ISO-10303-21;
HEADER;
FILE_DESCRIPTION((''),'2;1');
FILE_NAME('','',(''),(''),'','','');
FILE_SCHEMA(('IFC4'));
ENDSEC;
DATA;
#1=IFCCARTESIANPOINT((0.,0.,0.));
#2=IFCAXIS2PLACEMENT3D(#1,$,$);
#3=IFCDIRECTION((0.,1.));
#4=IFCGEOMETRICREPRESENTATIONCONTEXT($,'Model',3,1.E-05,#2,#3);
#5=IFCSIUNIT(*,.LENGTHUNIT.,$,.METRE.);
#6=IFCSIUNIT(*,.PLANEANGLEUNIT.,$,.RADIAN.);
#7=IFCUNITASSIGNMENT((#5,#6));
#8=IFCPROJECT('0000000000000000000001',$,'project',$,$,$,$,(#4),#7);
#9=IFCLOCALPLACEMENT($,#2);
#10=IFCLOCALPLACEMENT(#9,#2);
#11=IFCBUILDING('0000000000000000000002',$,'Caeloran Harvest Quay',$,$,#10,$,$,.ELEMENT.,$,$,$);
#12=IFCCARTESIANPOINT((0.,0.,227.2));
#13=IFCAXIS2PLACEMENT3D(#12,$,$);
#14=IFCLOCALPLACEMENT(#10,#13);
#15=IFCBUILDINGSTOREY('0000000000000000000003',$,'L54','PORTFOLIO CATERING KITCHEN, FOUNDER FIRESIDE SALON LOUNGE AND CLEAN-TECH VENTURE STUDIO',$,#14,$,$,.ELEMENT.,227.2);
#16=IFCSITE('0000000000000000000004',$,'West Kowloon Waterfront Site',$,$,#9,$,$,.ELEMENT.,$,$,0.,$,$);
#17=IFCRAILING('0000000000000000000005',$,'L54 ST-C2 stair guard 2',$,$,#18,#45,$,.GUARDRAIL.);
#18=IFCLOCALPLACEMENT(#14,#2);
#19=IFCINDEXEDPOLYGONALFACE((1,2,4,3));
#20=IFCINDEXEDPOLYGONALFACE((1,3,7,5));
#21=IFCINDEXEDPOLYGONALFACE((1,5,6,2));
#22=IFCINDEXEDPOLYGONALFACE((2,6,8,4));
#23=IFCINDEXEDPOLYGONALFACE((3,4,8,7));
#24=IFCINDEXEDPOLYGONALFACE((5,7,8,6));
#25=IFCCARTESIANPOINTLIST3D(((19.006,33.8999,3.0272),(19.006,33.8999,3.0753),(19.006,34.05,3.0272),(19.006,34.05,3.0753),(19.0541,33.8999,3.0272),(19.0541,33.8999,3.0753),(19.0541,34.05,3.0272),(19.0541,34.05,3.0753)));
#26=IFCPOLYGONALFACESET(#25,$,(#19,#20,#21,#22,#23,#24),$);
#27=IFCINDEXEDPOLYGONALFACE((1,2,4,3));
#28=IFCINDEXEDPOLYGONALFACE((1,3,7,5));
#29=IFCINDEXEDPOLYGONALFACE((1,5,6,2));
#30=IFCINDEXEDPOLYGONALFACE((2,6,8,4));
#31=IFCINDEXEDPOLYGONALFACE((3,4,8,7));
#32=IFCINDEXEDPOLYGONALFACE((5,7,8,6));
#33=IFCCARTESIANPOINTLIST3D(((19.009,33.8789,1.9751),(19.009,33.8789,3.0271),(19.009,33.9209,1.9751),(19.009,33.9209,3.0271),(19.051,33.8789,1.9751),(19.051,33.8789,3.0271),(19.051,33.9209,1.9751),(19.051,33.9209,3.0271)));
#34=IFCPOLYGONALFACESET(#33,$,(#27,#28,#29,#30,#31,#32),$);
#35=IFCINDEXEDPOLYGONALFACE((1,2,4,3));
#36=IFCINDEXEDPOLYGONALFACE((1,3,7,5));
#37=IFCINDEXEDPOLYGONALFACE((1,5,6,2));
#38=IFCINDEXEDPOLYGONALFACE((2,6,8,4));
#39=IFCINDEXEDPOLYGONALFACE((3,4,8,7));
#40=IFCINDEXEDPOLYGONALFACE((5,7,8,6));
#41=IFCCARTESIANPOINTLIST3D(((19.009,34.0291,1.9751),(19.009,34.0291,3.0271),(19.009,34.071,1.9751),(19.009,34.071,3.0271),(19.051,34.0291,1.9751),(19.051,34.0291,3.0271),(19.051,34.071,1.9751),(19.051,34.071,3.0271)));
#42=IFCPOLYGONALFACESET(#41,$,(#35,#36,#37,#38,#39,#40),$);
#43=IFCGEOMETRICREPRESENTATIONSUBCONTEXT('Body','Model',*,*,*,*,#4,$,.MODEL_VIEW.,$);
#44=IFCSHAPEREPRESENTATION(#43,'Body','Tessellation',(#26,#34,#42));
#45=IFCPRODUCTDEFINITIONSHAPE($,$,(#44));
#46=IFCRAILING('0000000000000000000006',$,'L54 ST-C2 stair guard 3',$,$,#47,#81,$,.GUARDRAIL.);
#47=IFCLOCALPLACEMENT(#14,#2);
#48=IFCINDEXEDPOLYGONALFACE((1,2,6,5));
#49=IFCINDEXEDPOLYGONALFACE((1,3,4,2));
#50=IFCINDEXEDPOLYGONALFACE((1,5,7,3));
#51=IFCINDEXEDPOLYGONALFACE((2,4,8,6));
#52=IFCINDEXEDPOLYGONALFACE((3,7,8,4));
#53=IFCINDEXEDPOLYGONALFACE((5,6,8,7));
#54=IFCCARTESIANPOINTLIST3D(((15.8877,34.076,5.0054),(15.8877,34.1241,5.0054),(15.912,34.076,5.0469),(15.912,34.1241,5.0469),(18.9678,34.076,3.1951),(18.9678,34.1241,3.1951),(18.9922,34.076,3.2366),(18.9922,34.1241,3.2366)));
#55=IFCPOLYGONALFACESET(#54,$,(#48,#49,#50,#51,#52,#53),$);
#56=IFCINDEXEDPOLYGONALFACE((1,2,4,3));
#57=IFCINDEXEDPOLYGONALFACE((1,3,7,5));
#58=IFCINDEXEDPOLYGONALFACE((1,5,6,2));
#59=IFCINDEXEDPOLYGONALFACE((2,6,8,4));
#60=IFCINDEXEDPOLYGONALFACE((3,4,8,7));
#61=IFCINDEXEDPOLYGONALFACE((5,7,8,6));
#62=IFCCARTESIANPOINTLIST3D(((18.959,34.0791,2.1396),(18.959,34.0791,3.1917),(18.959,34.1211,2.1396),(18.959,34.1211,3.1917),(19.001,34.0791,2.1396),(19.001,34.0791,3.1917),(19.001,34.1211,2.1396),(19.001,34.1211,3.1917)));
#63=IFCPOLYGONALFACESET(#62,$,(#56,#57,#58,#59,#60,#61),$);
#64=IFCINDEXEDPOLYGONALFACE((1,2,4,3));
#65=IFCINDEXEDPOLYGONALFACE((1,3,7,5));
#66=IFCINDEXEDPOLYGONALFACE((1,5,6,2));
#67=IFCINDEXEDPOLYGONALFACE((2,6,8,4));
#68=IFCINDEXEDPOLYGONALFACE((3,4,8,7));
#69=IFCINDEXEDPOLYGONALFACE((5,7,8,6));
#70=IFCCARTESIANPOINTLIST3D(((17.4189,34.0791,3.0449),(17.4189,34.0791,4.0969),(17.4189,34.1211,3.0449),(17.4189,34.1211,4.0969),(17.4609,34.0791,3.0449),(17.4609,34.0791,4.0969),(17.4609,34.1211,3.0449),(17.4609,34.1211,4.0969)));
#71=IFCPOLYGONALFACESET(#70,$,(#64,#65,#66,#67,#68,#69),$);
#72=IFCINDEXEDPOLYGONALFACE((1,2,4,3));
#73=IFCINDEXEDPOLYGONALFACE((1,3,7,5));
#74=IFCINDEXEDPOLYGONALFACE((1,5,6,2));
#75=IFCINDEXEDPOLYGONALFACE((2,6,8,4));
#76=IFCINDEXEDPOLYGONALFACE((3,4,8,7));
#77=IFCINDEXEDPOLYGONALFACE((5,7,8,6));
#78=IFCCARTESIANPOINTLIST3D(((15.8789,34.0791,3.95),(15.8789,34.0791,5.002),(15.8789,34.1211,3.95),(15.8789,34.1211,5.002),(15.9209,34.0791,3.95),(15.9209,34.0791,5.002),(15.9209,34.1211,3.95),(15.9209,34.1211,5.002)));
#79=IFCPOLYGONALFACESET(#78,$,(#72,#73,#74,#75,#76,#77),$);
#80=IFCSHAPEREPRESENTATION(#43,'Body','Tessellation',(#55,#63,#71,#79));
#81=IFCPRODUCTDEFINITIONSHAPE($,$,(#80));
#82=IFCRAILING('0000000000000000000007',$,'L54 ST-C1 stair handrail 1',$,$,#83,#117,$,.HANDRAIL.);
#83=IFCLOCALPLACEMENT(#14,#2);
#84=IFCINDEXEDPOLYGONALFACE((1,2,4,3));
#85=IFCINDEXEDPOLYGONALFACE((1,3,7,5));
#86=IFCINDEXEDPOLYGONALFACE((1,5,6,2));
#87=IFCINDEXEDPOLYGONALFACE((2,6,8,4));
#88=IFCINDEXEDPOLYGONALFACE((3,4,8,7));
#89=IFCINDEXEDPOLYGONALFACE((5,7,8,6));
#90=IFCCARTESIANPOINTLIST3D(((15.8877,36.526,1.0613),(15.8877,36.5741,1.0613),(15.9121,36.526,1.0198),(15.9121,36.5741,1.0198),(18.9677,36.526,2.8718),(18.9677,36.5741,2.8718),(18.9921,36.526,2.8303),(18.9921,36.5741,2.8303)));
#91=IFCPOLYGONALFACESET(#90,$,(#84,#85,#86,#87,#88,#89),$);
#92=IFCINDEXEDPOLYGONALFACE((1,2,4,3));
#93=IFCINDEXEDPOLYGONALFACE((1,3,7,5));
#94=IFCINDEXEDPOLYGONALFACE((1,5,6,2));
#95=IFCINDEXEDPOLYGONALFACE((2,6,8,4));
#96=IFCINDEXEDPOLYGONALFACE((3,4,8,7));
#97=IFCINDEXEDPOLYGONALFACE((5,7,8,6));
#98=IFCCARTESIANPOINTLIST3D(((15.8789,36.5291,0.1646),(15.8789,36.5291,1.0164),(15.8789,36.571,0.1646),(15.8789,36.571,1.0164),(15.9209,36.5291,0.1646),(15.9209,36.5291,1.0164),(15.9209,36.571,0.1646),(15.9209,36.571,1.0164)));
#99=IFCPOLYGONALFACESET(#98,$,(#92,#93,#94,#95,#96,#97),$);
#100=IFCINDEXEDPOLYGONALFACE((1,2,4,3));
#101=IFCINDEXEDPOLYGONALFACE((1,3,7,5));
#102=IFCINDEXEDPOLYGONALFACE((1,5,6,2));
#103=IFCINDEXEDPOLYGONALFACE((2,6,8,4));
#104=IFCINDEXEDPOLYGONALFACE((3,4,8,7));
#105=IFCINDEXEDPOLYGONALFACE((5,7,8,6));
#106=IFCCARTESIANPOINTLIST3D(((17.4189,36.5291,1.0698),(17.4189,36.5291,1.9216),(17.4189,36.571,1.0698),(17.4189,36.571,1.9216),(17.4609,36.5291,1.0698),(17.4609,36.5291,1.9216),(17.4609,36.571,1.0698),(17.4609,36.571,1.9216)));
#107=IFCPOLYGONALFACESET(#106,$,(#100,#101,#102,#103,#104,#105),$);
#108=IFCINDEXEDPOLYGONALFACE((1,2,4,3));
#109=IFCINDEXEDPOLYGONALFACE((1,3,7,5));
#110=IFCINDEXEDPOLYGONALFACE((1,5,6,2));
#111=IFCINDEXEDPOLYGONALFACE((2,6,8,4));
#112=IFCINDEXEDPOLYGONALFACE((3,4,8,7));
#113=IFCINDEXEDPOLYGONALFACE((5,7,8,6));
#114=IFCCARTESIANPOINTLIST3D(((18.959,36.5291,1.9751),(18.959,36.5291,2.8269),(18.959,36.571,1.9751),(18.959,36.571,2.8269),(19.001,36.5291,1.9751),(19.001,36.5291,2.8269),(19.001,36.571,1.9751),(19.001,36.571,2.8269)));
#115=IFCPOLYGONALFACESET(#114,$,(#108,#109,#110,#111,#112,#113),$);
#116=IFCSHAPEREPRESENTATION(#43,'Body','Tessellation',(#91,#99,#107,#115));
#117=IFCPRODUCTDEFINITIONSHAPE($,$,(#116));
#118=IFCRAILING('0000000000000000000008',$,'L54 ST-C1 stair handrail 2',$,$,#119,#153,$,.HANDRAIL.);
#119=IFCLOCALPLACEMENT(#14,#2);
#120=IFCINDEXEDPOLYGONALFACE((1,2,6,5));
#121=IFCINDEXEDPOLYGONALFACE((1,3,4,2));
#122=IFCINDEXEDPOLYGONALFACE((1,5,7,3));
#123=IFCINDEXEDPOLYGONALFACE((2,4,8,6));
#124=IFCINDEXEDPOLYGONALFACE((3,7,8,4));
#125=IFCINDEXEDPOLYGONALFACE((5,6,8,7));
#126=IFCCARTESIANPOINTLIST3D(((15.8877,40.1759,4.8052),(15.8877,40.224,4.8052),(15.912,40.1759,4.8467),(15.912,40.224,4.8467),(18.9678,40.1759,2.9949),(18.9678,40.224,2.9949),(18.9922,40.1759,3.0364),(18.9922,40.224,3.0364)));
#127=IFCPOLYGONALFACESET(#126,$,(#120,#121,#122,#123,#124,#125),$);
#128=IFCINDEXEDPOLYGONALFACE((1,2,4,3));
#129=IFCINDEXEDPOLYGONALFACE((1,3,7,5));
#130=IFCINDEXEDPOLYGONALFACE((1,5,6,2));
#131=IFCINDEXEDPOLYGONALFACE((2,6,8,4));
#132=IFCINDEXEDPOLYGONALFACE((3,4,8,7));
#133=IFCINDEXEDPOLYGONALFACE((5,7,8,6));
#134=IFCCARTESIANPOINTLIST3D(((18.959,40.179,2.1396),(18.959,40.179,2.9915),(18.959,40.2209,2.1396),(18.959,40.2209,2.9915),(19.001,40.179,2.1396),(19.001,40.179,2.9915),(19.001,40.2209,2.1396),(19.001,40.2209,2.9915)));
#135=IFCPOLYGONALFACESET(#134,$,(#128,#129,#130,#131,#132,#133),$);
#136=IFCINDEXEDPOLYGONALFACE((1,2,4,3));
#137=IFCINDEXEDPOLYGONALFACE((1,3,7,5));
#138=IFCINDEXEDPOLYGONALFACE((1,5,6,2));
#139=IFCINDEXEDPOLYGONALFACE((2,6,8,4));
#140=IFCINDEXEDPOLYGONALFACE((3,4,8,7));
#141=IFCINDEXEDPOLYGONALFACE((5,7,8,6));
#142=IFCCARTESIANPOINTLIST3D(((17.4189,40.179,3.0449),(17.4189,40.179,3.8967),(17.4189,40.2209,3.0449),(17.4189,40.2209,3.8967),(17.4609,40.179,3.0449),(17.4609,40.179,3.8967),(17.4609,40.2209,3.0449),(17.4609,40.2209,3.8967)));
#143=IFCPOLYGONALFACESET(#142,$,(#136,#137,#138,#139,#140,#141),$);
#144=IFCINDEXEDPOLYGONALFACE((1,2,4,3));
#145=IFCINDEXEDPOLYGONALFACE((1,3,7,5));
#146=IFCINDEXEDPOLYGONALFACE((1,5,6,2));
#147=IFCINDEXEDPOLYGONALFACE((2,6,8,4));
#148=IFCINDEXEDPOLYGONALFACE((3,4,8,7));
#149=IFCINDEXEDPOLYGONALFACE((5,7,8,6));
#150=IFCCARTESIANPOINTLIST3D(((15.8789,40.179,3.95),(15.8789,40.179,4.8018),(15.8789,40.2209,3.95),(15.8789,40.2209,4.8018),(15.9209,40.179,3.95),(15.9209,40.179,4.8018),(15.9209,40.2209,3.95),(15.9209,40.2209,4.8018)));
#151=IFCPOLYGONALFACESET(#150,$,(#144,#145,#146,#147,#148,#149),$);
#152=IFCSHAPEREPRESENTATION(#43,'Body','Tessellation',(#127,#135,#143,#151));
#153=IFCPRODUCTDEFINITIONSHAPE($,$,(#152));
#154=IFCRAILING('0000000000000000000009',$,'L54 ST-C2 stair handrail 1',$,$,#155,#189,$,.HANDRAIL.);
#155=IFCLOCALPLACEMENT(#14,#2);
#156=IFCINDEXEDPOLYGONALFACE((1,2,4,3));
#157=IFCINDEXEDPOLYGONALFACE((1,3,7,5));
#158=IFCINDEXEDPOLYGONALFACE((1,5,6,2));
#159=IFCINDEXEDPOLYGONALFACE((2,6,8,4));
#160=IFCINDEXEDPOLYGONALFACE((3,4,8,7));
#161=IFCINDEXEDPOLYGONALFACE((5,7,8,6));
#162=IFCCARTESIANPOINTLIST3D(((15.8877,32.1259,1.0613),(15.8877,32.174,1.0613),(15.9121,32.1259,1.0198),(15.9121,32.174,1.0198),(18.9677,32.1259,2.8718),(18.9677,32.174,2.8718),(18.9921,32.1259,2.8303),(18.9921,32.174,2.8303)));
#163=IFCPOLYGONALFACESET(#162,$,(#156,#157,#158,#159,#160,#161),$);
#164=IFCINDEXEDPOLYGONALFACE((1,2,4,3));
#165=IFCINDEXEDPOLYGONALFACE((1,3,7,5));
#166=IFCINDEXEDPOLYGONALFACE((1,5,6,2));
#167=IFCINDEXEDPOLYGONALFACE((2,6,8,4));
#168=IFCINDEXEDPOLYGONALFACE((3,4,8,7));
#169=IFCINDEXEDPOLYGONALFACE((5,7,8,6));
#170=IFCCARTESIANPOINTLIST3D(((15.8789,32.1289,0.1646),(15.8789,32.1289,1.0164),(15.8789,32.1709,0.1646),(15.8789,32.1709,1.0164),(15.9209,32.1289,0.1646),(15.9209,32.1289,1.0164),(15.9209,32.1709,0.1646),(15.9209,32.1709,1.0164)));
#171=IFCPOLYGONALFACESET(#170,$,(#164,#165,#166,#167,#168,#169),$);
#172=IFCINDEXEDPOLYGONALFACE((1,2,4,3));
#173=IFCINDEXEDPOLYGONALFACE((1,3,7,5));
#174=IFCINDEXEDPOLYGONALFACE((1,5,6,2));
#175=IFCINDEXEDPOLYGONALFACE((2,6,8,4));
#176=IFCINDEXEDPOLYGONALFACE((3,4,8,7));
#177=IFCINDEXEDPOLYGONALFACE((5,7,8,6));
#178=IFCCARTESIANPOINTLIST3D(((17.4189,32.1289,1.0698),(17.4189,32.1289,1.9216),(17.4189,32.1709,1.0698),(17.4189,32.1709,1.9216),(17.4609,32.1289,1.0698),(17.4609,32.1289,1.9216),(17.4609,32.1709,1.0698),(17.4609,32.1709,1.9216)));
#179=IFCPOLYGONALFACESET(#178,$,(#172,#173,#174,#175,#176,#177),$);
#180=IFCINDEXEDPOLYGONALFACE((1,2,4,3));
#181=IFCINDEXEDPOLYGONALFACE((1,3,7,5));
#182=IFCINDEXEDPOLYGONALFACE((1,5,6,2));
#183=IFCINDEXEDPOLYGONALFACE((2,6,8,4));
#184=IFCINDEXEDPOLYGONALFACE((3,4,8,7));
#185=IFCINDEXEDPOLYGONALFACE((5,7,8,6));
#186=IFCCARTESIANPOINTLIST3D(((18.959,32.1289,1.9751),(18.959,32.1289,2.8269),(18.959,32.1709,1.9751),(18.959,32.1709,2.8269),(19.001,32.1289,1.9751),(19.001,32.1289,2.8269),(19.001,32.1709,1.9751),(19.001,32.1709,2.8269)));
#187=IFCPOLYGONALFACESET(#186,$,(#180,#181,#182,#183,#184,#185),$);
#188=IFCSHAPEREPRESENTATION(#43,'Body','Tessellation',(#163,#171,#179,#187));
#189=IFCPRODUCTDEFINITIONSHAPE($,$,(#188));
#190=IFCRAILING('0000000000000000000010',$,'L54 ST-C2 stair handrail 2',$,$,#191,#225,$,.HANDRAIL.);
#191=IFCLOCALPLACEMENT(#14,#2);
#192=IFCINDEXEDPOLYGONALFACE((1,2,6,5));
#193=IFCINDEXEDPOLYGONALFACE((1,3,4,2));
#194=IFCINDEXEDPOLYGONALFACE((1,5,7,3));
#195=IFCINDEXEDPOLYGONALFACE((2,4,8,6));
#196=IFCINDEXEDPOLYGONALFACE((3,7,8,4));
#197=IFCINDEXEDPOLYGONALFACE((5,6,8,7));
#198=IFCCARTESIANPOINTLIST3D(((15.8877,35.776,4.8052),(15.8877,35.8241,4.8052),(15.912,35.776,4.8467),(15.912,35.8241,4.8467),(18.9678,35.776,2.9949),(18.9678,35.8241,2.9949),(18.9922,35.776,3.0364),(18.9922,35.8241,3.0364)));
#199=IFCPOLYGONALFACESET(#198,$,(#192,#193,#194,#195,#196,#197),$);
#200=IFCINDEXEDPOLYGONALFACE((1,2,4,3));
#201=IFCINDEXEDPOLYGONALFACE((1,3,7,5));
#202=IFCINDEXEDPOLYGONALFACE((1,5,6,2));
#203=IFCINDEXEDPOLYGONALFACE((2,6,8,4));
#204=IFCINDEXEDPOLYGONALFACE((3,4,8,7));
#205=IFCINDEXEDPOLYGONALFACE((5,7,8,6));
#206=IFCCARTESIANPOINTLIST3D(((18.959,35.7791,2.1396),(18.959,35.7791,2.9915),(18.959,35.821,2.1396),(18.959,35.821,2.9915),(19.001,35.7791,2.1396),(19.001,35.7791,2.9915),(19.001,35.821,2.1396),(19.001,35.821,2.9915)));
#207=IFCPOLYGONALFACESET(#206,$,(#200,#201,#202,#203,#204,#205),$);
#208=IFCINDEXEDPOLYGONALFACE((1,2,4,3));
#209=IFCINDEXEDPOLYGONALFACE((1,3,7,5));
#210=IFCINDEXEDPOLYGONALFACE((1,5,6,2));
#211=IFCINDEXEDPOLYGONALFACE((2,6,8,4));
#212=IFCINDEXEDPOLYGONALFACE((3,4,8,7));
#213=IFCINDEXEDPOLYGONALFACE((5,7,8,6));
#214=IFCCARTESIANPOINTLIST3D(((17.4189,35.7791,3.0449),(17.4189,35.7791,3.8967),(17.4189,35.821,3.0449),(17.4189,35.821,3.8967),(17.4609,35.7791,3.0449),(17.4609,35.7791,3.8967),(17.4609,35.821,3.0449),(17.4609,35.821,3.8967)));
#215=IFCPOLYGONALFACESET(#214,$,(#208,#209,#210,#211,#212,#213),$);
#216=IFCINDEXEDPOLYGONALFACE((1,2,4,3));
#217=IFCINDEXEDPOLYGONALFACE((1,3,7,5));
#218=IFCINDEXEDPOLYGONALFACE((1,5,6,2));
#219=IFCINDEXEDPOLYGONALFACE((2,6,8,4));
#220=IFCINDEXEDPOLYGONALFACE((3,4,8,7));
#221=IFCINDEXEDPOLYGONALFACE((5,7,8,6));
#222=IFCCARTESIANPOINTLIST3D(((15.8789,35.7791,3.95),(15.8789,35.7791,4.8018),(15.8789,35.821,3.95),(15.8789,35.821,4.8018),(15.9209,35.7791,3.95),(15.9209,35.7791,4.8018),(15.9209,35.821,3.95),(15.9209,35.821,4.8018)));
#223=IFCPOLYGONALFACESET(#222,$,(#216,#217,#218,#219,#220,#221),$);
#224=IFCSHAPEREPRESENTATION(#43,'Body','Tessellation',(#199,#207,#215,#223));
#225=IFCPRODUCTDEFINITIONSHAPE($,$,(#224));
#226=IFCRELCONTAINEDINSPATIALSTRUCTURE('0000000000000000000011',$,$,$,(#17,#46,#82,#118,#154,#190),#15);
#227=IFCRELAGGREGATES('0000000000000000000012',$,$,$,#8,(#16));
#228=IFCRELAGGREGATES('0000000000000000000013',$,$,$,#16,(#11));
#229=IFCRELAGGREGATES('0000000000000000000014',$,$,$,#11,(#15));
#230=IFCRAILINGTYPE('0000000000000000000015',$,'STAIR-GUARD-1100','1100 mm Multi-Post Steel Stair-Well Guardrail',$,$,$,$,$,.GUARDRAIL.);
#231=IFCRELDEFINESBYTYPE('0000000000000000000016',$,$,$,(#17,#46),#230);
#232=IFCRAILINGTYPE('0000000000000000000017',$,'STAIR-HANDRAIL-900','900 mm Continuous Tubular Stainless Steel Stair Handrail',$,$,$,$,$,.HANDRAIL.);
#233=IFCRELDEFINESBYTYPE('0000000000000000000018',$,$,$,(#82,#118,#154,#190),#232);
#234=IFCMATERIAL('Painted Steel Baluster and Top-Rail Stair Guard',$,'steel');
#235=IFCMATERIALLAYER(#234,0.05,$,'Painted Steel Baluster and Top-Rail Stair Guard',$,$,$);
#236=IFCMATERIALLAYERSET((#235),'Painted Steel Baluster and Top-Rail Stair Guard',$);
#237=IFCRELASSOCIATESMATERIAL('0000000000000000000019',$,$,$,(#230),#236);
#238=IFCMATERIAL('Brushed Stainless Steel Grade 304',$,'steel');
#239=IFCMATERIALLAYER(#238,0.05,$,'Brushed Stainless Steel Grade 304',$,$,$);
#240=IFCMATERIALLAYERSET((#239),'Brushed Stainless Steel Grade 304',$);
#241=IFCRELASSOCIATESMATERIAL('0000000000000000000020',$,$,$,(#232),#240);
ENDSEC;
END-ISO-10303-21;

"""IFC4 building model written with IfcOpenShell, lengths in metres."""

from ifc_helpers import new_model, si_unit, direction, frame, origin, origin_2d, place, context, subcontext, project, spatial, rectangle, extrude, material, layer, layer_set, type_object, element, save


model = new_model("IFC4")

# Units and contexts
model_context = context("Model", 3, precision=1e-05, world=origin(), true_north=direction((0.0, 1.0)))
body_context = subcontext(model_context, "Body", "Model", "MODEL_VIEW")
ifc_project = project(units=[si_unit("LENGTHUNIT", "METRE"), si_unit("PLANEANGLEUNIT", "RADIAN")], contexts=[model_context])

# Site, building, storey
site_placement = place(None, origin())
site = spatial("IfcSite", under=ifc_project, at=site_placement, Name="West Kowloon Waterfront Site", CompositionType="ELEMENT", RefElevation=0.0)
building_placement = place(site_placement, origin())
building = spatial("IfcBuilding", under=site, at=building_placement, Name="Caeloran Harvest Quay", CompositionType="ELEMENT")
storey_placement = place(building_placement, frame((0.0, 0.0, 227.2)))
storey = spatial("IfcBuildingStorey", under=building, at=storey_placement, Name="L54", Description="PORTFOLIO CATERING KITCHEN, FOUNDER FIRESIDE SALON LOUNGE AND CLEAN-TECH VENTURE STUDIO", CompositionType="ELEMENT", Elevation=227.2)

# Railings
ifc_material_1 = material(Name="Painted Steel Baluster and Top-Rail Stair Guard", Category="steel")
ifc_layer_1 = layer(ifc_material_1, 0.05, Name="Painted Steel Baluster and Top-Rail Stair Guard")
ifc_layer_set_1 = layer_set([ifc_layer_1], Name="Painted Steel Baluster and Top-Rail Stair Guard")
railing_type_1 = type_object("IfcRailingType", Name="STAIR-GUARD-1100", Description="1100 mm Multi-Post Steel Stair-Well Guardrail", PredefinedType="GUARDRAIL", material=ifc_layer_set_1)
railing_1_placement = place(storey_placement, frame((19.03, 33.8999, 1.9751)))
element("IfcRailing", 1, at=railing_1_placement, inside=storey, type_object=railing_type_1, Name="L54 ST-C2 stair guard 2", PredefinedType="GUARDRAIL", context=body_context, shape_type="SweptSolid", body=[
    extrude(rectangle(XDim=0.0481, YDim=0.0481, at=origin_2d()), frame((0.0, 0.0, 1.0762), z_axis=(0.0, 1.0, 0.0), x_axis=(-1.0, 0.0, 0.0)), (0.0, 0.0, 1.0), 0.1501),
    extrude(rectangle(XDim=0.042, YDim=0.042, at=origin_2d()), origin(), (0.0, 0.0, 1.0), 1.052),
    extrude(rectangle(XDim=0.042, YDim=0.042, at=origin_2d()), frame((0.0, 0.1501, 0.0)), (0.0, 0.0, 1.0), 1.052),
])
railing_2_placement = place(storey_placement, frame((18.98, 34.1001, 2.1396)))
element("IfcRailing", 2, at=railing_2_placement, inside=storey, type_object=railing_type_1, Name="L54 ST-C2 stair guard 3", PredefinedType="GUARDRAIL", context=body_context, shape_type="SweptSolid", body=[
    extrude(rectangle(XDim=0.0481, YDim=0.0481, at=origin_2d()), frame((0.0, 0.0, 1.0762), z_axis=(-0.862119, 0.0, 0.506707), x_axis=(0.0, -1.0, 0.0)), (0.0, 0.0, 1.0), 3.5728),
    extrude(rectangle(XDim=0.042, YDim=0.042, at=origin_2d()), origin(), (0.0, 0.0, 1.0), 1.052),
    extrude(rectangle(XDim=0.042, YDim=0.042, at=origin_2d()), frame((-1.54, 0.0, 0.9053)), (0.0, 0.0, 1.0), 1.052),
    extrude(rectangle(XDim=0.042, YDim=0.042, at=origin_2d()), frame((-3.0801, 0.0, 1.8103)), (0.0, 0.0, 1.0), 1.052),
])
ifc_material_2 = material(Name="Brushed Stainless Steel Grade 304", Category="steel")
ifc_layer_2 = layer(ifc_material_2, 0.05, Name="Brushed Stainless Steel Grade 304")
ifc_layer_set_2 = layer_set([ifc_layer_2], Name="Brushed Stainless Steel Grade 304")
railing_type_2 = type_object("IfcRailingType", Name="STAIR-HANDRAIL-900", Description="900 mm Continuous Tubular Stainless Steel Stair Handrail", PredefinedType="HANDRAIL", material=ifc_layer_set_2)
railing_3_placement = place(storey_placement, frame((15.8999, 36.55, 0.1646)))
element("IfcRailing", 3, at=railing_3_placement, inside=storey, type_object=railing_type_2, Name="L54 ST-C1 stair handrail 1", PredefinedType="HANDRAIL", context=body_context, shape_type="SweptSolid", body=[
    extrude(rectangle(XDim=0.0481, YDim=0.0481, at=origin_2d()), frame((0.0, 0.0, 0.876), z_axis=(0.862089, 0.0, 0.506757), x_axis=(0.0, 1.0, 0.0)), (0.0, 0.0, 1.0), 3.5728),
    extrude(rectangle(XDim=0.042, YDim=0.042, at=origin_2d()), origin(), (0.0, 0.0, 1.0), 0.8518),
    extrude(rectangle(XDim=0.042, YDim=0.042, at=origin_2d()), frame((1.54, 0.0, 0.9053)), (0.0, 0.0, 1.0), 0.8518),
    extrude(rectangle(XDim=0.042, YDim=0.042, at=origin_2d()), frame((3.0801, 0.0, 1.8105)), (0.0, 0.0, 1.0), 0.8518),
])
railing_4_placement = place(storey_placement, frame((18.98, 40.2, 2.1396)))
element("IfcRailing", 4, at=railing_4_placement, inside=storey, type_object=railing_type_2, Name="L54 ST-C1 stair handrail 2", PredefinedType="HANDRAIL", context=body_context, shape_type="SweptSolid", body=[
    extrude(rectangle(XDim=0.0481, YDim=0.0481, at=origin_2d()), frame((0.0, 0.0, 0.876), z_axis=(-0.862119, 0.0, 0.506707), x_axis=(0.0, -1.0, 0.0)), (0.0, 0.0, 1.0), 3.5728),
    extrude(rectangle(XDim=0.042, YDim=0.042, at=origin_2d()), origin(), (0.0, 0.0, 1.0), 0.8518),
    extrude(rectangle(XDim=0.042, YDim=0.042, at=origin_2d()), frame((-1.54, 0.0, 0.9053)), (0.0, 0.0, 1.0), 0.8518),
    extrude(rectangle(XDim=0.042, YDim=0.042, at=origin_2d()), frame((-3.0801, 0.0, 1.8103)), (0.0, 0.0, 1.0), 0.8518),
])
railing_5_placement = place(storey_placement, frame((15.8999, 32.1499, 0.1646)))
element("IfcRailing", 5, at=railing_5_placement, inside=storey, type_object=railing_type_2, Name="L54 ST-C2 stair handrail 1", PredefinedType="HANDRAIL", context=body_context, shape_type="SweptSolid", body=[
    extrude(rectangle(XDim=0.0481, YDim=0.0481, at=origin_2d()), frame((0.0, 0.0, 0.876), z_axis=(0.862089, 0.0, 0.506757), x_axis=(0.0, 1.0, 0.0)), (0.0, 0.0, 1.0), 3.5728),
    extrude(rectangle(XDim=0.042, YDim=0.042, at=origin_2d()), origin(), (0.0, 0.0, 1.0), 0.8518),
    extrude(rectangle(XDim=0.042, YDim=0.042, at=origin_2d()), frame((1.54, 0.0, 0.9053)), (0.0, 0.0, 1.0), 0.8518),
    extrude(rectangle(XDim=0.042, YDim=0.042, at=origin_2d()), frame((3.0801, 0.0, 1.8105)), (0.0, 0.0, 1.0), 0.8518),
])
railing_6_placement = place(storey_placement, frame((18.98, 35.8, 2.1396)))
element("IfcRailing", 6, at=railing_6_placement, inside=storey, type_object=railing_type_2, Name="L54 ST-C2 stair handrail 2", PredefinedType="HANDRAIL", context=body_context, shape_type="SweptSolid", body=[
    extrude(rectangle(XDim=0.0481, YDim=0.0481, at=origin_2d()), frame((0.0, 0.0, 0.876), z_axis=(-0.862119, 0.0, 0.506707), x_axis=(0.0, -1.0, 0.0)), (0.0, 0.0, 1.0), 3.5728),
    extrude(rectangle(XDim=0.042, YDim=0.042, at=origin_2d()), origin(), (0.0, 0.0, 1.0), 0.8518),
    extrude(rectangle(XDim=0.042, YDim=0.042, at=origin_2d()), frame((-1.54, 0.0, 0.9053)), (0.0, 0.0, 1.0), 0.8518),
    extrude(rectangle(XDim=0.042, YDim=0.042, at=origin_2d()), frame((-3.0801, 0.0, 1.8103)), (0.0, 0.0, 1.0), 0.8518),
])

save(model, "model.ifc")
